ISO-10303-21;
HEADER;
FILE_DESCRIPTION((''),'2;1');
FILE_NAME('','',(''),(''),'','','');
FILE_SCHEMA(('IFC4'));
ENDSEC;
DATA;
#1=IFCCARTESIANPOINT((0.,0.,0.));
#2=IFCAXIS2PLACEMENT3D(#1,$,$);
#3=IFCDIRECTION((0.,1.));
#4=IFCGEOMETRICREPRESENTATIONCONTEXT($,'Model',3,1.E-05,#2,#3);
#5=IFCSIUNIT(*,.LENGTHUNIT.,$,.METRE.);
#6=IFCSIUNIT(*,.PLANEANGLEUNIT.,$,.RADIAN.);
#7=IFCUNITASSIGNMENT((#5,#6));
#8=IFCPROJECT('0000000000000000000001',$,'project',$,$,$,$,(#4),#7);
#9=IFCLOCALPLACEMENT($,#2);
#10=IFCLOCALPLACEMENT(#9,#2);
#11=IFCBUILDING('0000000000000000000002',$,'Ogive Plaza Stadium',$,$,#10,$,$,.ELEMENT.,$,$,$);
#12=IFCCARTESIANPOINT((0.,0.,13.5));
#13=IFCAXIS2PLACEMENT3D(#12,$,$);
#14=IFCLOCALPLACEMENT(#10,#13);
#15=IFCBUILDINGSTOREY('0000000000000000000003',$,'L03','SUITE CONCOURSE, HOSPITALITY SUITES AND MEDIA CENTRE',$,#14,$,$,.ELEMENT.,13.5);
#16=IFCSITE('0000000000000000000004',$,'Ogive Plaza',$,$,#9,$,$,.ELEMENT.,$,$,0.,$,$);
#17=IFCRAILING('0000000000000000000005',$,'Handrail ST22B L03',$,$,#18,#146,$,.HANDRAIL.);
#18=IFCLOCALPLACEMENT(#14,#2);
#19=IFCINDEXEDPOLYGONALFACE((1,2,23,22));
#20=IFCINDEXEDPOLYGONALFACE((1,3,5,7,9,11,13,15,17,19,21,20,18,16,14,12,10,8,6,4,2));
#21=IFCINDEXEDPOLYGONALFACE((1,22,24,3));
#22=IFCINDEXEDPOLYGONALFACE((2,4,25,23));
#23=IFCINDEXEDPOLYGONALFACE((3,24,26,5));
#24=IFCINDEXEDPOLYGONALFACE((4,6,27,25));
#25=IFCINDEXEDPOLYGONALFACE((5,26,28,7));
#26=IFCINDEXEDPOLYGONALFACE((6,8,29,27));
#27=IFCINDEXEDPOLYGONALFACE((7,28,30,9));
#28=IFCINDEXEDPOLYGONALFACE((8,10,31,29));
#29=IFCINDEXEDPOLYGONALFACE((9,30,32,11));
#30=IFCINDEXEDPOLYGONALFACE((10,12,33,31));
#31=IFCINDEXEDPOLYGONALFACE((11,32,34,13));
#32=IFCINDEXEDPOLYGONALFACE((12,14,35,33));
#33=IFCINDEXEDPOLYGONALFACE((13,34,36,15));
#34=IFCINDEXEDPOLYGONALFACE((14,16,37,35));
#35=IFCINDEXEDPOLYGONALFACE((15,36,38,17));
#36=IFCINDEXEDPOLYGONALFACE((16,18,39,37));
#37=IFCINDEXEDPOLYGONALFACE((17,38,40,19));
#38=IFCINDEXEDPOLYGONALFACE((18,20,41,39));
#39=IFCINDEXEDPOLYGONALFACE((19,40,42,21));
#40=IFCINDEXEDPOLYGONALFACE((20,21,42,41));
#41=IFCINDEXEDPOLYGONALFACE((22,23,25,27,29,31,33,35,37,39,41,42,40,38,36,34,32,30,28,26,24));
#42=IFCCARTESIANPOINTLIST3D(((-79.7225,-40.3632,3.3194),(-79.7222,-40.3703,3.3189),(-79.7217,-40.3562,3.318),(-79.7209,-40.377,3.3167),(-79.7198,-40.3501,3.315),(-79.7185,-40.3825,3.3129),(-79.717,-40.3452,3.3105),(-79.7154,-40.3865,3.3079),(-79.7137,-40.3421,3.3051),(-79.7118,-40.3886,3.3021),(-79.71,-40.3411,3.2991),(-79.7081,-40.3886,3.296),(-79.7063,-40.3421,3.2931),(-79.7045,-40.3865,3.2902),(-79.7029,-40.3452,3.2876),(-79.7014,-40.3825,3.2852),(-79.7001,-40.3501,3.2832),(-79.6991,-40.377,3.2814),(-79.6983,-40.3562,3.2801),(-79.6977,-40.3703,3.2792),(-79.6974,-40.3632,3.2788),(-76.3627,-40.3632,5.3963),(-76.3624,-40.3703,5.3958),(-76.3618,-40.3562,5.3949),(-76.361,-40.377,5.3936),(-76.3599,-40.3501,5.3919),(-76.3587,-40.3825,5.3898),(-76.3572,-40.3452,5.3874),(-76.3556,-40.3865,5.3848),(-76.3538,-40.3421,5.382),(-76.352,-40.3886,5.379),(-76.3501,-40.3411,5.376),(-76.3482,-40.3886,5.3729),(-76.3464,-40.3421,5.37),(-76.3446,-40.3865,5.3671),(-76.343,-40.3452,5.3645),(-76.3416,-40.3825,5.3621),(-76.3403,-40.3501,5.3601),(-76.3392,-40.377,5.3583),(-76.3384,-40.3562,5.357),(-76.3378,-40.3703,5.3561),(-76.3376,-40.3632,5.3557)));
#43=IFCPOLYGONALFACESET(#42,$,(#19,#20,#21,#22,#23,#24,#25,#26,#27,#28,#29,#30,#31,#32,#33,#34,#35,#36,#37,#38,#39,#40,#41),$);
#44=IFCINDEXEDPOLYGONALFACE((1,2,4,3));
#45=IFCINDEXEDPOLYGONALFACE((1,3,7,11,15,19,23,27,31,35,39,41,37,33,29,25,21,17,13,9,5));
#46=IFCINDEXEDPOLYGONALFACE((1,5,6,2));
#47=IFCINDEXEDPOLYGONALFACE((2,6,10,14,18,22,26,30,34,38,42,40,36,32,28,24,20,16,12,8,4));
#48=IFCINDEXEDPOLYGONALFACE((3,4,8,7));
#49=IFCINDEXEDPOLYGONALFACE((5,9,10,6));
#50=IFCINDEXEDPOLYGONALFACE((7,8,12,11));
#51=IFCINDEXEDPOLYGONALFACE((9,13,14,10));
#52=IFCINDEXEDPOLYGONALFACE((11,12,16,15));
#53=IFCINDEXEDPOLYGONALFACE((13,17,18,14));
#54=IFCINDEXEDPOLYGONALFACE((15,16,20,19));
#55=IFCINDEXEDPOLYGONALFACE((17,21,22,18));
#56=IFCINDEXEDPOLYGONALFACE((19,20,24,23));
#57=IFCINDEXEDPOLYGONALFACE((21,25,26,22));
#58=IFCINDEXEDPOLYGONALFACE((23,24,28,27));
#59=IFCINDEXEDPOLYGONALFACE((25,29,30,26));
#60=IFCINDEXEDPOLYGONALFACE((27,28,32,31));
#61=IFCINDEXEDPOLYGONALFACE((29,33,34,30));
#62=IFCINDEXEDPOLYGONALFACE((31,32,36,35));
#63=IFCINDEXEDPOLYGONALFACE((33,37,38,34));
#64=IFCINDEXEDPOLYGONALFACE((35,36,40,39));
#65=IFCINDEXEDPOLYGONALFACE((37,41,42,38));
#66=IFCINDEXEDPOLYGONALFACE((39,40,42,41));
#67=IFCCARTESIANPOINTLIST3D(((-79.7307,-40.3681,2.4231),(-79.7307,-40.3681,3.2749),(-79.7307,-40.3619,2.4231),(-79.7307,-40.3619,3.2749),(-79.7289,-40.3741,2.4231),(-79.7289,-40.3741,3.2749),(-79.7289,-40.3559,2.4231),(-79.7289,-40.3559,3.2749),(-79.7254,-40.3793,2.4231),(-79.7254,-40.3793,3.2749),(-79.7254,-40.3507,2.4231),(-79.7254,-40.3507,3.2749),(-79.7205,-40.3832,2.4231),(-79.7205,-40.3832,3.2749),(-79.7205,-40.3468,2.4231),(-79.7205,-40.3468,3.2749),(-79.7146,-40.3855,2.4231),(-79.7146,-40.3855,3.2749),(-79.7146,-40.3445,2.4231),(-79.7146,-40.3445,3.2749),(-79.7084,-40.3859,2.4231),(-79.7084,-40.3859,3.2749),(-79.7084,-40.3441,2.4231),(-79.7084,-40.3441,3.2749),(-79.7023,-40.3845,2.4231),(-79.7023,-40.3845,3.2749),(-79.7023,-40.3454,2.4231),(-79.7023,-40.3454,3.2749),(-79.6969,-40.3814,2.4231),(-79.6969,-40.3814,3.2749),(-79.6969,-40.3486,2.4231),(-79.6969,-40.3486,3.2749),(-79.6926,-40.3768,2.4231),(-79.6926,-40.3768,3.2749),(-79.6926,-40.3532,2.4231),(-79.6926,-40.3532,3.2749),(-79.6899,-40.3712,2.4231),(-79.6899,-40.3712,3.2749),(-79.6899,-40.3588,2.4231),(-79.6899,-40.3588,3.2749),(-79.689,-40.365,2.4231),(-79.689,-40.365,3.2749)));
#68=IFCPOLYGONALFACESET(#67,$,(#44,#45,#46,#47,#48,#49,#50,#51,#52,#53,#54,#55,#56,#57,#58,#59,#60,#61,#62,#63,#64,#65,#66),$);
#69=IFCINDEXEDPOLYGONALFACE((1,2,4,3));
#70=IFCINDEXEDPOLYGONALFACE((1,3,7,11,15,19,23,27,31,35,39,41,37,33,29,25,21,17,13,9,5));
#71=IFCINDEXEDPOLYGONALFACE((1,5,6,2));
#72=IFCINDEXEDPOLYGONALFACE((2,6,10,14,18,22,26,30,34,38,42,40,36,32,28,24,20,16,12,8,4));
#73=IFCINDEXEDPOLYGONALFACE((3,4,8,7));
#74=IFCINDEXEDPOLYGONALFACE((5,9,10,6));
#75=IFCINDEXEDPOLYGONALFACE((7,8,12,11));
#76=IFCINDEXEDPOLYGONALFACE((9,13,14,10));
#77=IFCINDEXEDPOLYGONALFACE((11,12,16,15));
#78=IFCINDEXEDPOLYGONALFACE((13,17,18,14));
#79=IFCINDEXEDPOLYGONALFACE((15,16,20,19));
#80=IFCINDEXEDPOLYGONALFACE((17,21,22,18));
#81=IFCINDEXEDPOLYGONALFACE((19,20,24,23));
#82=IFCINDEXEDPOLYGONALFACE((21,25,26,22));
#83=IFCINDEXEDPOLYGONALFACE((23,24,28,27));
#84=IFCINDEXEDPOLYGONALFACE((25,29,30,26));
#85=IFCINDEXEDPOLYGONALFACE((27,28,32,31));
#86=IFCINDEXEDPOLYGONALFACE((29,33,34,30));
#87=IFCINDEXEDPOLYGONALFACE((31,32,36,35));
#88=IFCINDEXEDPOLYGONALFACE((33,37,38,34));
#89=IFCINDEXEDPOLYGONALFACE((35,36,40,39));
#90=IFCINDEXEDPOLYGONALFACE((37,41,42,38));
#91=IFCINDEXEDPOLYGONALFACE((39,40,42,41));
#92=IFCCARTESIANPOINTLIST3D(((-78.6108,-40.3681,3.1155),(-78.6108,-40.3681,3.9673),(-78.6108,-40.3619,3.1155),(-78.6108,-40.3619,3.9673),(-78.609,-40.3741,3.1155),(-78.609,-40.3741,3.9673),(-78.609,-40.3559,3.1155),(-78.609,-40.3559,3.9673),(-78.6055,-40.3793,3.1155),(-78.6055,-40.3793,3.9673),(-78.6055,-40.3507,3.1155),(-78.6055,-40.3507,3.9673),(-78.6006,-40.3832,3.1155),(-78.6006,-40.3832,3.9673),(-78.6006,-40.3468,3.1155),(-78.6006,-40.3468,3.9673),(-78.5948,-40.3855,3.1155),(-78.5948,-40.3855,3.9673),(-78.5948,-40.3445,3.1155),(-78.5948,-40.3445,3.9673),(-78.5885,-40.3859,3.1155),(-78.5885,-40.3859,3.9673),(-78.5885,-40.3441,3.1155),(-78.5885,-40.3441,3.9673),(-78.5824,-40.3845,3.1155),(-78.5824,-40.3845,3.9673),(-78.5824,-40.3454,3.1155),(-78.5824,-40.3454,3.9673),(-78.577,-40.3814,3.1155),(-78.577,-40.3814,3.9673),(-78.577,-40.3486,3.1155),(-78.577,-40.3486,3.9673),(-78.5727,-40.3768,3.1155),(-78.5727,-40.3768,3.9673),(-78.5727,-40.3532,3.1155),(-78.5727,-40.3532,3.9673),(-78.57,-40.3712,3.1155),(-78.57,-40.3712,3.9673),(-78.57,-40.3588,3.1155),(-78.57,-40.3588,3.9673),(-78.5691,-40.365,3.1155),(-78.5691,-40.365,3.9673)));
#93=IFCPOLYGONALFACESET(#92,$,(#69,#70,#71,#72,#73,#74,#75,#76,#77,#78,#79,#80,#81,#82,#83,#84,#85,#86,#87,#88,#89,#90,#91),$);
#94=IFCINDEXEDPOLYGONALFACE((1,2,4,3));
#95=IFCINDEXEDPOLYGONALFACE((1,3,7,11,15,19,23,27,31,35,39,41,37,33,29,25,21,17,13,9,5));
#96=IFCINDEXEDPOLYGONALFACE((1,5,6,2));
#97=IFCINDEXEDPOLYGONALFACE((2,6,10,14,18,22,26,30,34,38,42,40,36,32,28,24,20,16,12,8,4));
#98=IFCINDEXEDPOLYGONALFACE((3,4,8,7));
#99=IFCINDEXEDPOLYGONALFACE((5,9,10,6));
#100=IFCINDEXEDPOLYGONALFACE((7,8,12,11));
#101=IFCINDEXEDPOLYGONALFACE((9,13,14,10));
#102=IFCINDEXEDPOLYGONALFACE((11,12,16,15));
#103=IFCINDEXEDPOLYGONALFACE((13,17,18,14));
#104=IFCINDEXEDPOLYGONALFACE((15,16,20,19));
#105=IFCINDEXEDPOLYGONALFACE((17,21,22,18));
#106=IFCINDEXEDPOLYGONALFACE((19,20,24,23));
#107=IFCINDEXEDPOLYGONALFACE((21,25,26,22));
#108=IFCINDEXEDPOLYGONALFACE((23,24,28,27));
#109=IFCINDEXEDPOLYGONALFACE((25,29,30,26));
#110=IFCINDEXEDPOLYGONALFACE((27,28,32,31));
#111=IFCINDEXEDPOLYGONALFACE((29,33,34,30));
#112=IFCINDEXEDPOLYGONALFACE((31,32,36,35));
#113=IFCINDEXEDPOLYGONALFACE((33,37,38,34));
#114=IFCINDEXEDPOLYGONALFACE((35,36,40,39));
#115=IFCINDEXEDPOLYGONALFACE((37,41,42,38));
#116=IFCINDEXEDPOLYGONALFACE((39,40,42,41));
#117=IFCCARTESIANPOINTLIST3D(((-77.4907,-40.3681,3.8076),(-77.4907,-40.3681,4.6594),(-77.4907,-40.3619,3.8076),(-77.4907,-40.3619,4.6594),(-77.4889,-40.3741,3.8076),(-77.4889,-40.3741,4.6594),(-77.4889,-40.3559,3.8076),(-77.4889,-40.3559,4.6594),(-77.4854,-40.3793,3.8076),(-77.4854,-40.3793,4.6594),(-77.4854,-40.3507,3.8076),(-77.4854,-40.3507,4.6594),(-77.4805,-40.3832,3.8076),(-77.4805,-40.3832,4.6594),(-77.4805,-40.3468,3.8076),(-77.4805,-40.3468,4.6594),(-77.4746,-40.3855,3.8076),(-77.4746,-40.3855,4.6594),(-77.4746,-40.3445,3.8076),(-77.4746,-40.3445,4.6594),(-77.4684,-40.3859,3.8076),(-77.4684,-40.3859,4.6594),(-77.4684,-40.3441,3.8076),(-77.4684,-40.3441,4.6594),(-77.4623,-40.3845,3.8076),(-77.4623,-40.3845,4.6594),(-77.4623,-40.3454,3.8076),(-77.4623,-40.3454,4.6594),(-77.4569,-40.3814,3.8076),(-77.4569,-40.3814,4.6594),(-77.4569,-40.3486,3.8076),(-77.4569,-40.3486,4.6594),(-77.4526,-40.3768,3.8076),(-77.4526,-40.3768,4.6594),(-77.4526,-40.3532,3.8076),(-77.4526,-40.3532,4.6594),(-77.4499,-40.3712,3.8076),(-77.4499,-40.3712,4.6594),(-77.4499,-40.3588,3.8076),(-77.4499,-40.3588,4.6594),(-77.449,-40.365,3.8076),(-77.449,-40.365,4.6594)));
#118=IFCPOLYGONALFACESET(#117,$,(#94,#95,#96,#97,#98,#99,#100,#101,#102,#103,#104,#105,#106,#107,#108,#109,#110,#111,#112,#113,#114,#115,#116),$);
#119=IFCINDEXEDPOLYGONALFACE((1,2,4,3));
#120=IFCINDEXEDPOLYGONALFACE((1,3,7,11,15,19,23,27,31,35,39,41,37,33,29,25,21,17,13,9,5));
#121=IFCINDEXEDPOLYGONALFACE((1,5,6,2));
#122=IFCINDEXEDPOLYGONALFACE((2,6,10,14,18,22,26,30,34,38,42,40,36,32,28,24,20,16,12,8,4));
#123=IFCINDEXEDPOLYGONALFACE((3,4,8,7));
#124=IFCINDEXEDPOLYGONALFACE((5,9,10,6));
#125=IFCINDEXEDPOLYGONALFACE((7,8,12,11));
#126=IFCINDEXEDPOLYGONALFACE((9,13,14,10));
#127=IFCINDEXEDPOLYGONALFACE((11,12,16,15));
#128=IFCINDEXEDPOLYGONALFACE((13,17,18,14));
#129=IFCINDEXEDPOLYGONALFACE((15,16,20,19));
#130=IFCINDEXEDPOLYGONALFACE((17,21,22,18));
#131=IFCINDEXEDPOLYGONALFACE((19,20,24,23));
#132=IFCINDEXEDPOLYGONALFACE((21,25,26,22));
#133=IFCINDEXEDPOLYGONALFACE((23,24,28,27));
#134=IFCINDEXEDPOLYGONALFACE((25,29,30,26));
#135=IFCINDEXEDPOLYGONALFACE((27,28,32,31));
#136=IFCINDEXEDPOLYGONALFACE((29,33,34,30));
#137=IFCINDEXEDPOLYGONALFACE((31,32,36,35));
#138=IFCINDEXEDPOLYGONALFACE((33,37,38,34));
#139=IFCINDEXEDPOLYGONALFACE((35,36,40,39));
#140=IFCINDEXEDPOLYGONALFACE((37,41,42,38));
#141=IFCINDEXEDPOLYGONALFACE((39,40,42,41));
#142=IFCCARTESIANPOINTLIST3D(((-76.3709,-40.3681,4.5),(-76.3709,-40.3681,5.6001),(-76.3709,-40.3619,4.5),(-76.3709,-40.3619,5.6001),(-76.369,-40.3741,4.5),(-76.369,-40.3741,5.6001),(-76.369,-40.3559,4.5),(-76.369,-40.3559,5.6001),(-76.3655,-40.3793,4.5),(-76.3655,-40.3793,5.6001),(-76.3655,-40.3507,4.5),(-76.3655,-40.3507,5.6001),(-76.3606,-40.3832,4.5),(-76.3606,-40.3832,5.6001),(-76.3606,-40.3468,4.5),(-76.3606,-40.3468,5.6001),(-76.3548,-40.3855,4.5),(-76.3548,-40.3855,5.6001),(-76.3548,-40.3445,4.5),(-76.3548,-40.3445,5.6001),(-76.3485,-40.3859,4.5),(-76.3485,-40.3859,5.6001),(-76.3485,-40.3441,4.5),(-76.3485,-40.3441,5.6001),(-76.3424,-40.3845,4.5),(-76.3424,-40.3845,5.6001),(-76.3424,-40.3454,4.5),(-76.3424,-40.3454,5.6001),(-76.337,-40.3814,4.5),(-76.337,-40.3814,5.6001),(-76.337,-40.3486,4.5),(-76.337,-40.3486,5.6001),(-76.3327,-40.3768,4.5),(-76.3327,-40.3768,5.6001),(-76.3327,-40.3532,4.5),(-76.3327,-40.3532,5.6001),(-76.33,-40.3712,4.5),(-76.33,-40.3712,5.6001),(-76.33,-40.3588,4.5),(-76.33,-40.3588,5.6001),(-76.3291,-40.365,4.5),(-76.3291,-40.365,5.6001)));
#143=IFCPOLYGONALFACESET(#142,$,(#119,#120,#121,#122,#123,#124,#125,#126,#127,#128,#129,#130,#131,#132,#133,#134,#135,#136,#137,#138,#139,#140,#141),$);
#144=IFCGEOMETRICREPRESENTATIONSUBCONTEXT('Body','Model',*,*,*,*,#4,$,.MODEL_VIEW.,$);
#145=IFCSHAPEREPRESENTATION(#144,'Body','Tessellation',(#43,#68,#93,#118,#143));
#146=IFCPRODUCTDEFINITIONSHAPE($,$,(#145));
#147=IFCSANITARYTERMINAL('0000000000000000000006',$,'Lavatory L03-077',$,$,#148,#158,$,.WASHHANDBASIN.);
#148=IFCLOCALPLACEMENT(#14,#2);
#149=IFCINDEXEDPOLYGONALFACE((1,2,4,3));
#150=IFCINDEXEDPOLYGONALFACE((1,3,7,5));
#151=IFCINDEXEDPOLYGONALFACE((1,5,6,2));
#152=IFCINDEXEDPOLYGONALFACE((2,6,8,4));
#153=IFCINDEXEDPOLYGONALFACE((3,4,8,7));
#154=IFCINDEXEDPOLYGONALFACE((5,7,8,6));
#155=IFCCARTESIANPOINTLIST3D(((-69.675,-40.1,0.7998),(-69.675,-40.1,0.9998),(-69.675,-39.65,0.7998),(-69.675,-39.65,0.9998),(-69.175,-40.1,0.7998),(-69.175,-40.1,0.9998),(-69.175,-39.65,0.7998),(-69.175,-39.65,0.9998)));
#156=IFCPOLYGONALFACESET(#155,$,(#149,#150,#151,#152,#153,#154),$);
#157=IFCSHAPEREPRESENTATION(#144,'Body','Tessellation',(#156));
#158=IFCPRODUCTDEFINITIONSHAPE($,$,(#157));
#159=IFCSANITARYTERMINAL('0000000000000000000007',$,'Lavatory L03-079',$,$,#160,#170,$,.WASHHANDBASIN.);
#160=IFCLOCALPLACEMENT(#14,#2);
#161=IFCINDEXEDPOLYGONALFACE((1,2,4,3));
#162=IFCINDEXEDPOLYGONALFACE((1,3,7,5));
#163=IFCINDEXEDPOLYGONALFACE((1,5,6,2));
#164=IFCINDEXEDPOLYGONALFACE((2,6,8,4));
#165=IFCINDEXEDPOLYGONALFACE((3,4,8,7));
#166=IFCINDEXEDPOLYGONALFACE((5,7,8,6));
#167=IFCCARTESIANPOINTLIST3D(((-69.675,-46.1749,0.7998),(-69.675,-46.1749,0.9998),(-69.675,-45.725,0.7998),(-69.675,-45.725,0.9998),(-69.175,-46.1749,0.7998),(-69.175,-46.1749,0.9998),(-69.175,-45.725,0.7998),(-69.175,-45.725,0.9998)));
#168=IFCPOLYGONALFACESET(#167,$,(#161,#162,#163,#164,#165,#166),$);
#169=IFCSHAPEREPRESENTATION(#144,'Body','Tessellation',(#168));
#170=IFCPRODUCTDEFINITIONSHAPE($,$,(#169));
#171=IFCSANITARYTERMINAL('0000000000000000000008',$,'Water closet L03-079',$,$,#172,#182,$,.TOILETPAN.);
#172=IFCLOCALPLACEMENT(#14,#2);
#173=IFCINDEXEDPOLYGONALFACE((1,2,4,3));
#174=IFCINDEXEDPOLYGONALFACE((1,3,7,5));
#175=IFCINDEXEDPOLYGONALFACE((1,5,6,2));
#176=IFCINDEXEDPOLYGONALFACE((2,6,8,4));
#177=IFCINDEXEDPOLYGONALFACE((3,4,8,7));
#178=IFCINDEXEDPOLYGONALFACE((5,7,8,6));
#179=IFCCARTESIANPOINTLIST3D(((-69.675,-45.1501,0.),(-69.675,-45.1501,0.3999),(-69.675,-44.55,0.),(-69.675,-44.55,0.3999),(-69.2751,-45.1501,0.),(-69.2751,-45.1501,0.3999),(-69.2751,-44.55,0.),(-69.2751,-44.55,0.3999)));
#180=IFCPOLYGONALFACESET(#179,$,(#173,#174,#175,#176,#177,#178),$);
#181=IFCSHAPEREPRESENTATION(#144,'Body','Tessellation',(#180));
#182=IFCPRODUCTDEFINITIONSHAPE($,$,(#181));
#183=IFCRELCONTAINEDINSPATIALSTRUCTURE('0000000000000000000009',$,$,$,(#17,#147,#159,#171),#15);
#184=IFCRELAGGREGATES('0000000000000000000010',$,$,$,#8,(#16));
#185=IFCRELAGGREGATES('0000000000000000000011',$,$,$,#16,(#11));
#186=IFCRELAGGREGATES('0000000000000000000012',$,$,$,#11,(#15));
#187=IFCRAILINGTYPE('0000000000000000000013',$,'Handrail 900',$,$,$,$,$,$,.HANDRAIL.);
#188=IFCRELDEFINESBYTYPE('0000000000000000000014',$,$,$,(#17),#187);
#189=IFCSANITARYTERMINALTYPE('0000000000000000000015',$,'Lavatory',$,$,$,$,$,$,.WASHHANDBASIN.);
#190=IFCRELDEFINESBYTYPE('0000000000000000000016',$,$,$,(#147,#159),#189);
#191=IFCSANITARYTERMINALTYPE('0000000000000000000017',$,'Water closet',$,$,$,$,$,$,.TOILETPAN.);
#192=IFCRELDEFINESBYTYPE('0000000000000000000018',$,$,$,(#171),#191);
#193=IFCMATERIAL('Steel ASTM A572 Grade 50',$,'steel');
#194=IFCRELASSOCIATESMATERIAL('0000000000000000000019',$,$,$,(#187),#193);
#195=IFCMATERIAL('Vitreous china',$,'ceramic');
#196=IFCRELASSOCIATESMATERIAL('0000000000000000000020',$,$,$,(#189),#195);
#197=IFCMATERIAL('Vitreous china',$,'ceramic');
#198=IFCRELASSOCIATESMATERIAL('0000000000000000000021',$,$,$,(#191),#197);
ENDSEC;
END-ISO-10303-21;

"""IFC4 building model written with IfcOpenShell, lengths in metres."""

from ifc_helpers import new_model, si_unit, direction, frame, origin, origin_2d, place, context, subcontext, project, spatial, rectangle, circle, extrude, material, type_object, element, save


model = new_model("IFC4")

# Units and contexts
model_context = context("Model", 3, precision=1e-05, world=origin(), true_north=direction((0.0, 1.0)))
body_context = subcontext(model_context, "Body", "Model", "MODEL_VIEW")
ifc_project = project(units=[si_unit("LENGTHUNIT", "METRE"), si_unit("PLANEANGLEUNIT", "RADIAN")], contexts=[model_context])

# Site, building, storey
site_placement = place(None, origin())
site = spatial("IfcSite", under=ifc_project, at=site_placement, Name="Ogive Plaza", CompositionType="ELEMENT", RefElevation=0.0)
building_placement = place(site_placement, origin())
building = spatial("IfcBuilding", under=site, at=building_placement, Name="Ogive Plaza Stadium", CompositionType="ELEMENT")
storey_placement = place(building_placement, frame((0.0, 0.0, 13.5)))
storey = spatial("IfcBuildingStorey", under=building, at=storey_placement, Name="L03", Description="SUITE CONCOURSE, HOSPITALITY SUITES AND MEDIA CENTRE", CompositionType="ELEMENT", Elevation=13.5)

# Railing
ifc_material_1 = material(Name="Steel ASTM A572 Grade 50", Category="steel")
railing_type_1 = type_object("IfcRailingType", Name="Handrail 900", PredefinedType="HANDRAIL", material=ifc_material_1)
railing_placement = place(storey_placement, frame((-79.71, -40.365, 2.4231)))
element("IfcRailing", 1, at=railing_placement, inside=storey, type_object=railing_type_1, Name="Handrail ST22B L03", PredefinedType="HANDRAIL", context=body_context, shape_type="SweptSolid", body=[
    extrude(circle(Radius=0.0239, at=origin_2d()), frame((0.0, 0.0, 0.876), z_axis=(0.850606, 0.0, 0.525803), x_axis=(0.0, 1.0, 0.0)), (0.0, 0.0, 1.0), 3.95),
    extrude(circle(Radius=0.021, at=origin_2d()), origin(), (0.0, 0.0, 1.0), 0.8518),
    extrude(circle(Radius=0.021, at=origin_2d()), frame((1.1199, 0.0, 0.6924)), (0.0, 0.0, 1.0), 0.8518),
    extrude(circle(Radius=0.021, at=origin_2d()), frame((2.24, 0.0, 1.3845)), (0.0, 0.0, 1.0), 0.8518),
    extrude(circle(Radius=0.021, at=origin_2d()), frame((3.3599, 0.0, 2.0769)), (0.0, 0.0, 1.0), 1.1001),
])

# Sanitary terminals
ifc_material_2 = material(Name="Vitreous china", Category="ceramic")
sanitary_terminal_type_1 = type_object("IfcSanitaryTerminalType", Name="Lavatory", PredefinedType="WASHHANDBASIN", material=ifc_material_2)
for number, where, z_axis, x_axis, name in (
    (2, (-69.425, -39.875, 0.7998), (0.0, 0.0, 1.0), (1.0, 0.0, 0.0), "Lavatory L03-077"),
    (3, (-69.425, -45.95, 0.7998), (0.0, 0.0, 1.0), (1.0, 0.0, 0.0), "Lavatory L03-079"),
):
    element("IfcSanitaryTerminal", number, at=place(storey_placement, frame(where, z_axis=z_axis, x_axis=x_axis)), inside=storey, type_object=sanitary_terminal_type_1, Name=name, PredefinedType="WASHHANDBASIN", context=body_context, shape_type="SweptSolid", body=[
        extrude(rectangle(XDim=0.5, YDim=0.45, at=origin_2d()), origin(), (0.0, 0.0, 1.0), 0.2),
    ])
ifc_material_3 = material(Name="Vitreous china", Category="ceramic")
sanitary_terminal_type_2 = type_object("IfcSanitaryTerminalType", Name="Water closet", PredefinedType="TOILETPAN", material=ifc_material_3)
sanitary_terminal_placement = place(storey_placement, frame((-69.4751, -44.8501, 0.0), z_axis=(0.0, 0.0, 1.0), x_axis=(1.0, 0.0, 0.0)))
element("IfcSanitaryTerminal", 4, at=sanitary_terminal_placement, inside=storey, type_object=sanitary_terminal_type_2, Name="Water closet L03-079", PredefinedType="TOILETPAN", context=body_context, shape_type="SweptSolid", body=[
    extrude(rectangle(XDim=0.3999, YDim=0.6001, at=origin_2d()), origin(), (0.0, 0.0, 1.0), 0.3999),
])

save(model, "model.ifc")
